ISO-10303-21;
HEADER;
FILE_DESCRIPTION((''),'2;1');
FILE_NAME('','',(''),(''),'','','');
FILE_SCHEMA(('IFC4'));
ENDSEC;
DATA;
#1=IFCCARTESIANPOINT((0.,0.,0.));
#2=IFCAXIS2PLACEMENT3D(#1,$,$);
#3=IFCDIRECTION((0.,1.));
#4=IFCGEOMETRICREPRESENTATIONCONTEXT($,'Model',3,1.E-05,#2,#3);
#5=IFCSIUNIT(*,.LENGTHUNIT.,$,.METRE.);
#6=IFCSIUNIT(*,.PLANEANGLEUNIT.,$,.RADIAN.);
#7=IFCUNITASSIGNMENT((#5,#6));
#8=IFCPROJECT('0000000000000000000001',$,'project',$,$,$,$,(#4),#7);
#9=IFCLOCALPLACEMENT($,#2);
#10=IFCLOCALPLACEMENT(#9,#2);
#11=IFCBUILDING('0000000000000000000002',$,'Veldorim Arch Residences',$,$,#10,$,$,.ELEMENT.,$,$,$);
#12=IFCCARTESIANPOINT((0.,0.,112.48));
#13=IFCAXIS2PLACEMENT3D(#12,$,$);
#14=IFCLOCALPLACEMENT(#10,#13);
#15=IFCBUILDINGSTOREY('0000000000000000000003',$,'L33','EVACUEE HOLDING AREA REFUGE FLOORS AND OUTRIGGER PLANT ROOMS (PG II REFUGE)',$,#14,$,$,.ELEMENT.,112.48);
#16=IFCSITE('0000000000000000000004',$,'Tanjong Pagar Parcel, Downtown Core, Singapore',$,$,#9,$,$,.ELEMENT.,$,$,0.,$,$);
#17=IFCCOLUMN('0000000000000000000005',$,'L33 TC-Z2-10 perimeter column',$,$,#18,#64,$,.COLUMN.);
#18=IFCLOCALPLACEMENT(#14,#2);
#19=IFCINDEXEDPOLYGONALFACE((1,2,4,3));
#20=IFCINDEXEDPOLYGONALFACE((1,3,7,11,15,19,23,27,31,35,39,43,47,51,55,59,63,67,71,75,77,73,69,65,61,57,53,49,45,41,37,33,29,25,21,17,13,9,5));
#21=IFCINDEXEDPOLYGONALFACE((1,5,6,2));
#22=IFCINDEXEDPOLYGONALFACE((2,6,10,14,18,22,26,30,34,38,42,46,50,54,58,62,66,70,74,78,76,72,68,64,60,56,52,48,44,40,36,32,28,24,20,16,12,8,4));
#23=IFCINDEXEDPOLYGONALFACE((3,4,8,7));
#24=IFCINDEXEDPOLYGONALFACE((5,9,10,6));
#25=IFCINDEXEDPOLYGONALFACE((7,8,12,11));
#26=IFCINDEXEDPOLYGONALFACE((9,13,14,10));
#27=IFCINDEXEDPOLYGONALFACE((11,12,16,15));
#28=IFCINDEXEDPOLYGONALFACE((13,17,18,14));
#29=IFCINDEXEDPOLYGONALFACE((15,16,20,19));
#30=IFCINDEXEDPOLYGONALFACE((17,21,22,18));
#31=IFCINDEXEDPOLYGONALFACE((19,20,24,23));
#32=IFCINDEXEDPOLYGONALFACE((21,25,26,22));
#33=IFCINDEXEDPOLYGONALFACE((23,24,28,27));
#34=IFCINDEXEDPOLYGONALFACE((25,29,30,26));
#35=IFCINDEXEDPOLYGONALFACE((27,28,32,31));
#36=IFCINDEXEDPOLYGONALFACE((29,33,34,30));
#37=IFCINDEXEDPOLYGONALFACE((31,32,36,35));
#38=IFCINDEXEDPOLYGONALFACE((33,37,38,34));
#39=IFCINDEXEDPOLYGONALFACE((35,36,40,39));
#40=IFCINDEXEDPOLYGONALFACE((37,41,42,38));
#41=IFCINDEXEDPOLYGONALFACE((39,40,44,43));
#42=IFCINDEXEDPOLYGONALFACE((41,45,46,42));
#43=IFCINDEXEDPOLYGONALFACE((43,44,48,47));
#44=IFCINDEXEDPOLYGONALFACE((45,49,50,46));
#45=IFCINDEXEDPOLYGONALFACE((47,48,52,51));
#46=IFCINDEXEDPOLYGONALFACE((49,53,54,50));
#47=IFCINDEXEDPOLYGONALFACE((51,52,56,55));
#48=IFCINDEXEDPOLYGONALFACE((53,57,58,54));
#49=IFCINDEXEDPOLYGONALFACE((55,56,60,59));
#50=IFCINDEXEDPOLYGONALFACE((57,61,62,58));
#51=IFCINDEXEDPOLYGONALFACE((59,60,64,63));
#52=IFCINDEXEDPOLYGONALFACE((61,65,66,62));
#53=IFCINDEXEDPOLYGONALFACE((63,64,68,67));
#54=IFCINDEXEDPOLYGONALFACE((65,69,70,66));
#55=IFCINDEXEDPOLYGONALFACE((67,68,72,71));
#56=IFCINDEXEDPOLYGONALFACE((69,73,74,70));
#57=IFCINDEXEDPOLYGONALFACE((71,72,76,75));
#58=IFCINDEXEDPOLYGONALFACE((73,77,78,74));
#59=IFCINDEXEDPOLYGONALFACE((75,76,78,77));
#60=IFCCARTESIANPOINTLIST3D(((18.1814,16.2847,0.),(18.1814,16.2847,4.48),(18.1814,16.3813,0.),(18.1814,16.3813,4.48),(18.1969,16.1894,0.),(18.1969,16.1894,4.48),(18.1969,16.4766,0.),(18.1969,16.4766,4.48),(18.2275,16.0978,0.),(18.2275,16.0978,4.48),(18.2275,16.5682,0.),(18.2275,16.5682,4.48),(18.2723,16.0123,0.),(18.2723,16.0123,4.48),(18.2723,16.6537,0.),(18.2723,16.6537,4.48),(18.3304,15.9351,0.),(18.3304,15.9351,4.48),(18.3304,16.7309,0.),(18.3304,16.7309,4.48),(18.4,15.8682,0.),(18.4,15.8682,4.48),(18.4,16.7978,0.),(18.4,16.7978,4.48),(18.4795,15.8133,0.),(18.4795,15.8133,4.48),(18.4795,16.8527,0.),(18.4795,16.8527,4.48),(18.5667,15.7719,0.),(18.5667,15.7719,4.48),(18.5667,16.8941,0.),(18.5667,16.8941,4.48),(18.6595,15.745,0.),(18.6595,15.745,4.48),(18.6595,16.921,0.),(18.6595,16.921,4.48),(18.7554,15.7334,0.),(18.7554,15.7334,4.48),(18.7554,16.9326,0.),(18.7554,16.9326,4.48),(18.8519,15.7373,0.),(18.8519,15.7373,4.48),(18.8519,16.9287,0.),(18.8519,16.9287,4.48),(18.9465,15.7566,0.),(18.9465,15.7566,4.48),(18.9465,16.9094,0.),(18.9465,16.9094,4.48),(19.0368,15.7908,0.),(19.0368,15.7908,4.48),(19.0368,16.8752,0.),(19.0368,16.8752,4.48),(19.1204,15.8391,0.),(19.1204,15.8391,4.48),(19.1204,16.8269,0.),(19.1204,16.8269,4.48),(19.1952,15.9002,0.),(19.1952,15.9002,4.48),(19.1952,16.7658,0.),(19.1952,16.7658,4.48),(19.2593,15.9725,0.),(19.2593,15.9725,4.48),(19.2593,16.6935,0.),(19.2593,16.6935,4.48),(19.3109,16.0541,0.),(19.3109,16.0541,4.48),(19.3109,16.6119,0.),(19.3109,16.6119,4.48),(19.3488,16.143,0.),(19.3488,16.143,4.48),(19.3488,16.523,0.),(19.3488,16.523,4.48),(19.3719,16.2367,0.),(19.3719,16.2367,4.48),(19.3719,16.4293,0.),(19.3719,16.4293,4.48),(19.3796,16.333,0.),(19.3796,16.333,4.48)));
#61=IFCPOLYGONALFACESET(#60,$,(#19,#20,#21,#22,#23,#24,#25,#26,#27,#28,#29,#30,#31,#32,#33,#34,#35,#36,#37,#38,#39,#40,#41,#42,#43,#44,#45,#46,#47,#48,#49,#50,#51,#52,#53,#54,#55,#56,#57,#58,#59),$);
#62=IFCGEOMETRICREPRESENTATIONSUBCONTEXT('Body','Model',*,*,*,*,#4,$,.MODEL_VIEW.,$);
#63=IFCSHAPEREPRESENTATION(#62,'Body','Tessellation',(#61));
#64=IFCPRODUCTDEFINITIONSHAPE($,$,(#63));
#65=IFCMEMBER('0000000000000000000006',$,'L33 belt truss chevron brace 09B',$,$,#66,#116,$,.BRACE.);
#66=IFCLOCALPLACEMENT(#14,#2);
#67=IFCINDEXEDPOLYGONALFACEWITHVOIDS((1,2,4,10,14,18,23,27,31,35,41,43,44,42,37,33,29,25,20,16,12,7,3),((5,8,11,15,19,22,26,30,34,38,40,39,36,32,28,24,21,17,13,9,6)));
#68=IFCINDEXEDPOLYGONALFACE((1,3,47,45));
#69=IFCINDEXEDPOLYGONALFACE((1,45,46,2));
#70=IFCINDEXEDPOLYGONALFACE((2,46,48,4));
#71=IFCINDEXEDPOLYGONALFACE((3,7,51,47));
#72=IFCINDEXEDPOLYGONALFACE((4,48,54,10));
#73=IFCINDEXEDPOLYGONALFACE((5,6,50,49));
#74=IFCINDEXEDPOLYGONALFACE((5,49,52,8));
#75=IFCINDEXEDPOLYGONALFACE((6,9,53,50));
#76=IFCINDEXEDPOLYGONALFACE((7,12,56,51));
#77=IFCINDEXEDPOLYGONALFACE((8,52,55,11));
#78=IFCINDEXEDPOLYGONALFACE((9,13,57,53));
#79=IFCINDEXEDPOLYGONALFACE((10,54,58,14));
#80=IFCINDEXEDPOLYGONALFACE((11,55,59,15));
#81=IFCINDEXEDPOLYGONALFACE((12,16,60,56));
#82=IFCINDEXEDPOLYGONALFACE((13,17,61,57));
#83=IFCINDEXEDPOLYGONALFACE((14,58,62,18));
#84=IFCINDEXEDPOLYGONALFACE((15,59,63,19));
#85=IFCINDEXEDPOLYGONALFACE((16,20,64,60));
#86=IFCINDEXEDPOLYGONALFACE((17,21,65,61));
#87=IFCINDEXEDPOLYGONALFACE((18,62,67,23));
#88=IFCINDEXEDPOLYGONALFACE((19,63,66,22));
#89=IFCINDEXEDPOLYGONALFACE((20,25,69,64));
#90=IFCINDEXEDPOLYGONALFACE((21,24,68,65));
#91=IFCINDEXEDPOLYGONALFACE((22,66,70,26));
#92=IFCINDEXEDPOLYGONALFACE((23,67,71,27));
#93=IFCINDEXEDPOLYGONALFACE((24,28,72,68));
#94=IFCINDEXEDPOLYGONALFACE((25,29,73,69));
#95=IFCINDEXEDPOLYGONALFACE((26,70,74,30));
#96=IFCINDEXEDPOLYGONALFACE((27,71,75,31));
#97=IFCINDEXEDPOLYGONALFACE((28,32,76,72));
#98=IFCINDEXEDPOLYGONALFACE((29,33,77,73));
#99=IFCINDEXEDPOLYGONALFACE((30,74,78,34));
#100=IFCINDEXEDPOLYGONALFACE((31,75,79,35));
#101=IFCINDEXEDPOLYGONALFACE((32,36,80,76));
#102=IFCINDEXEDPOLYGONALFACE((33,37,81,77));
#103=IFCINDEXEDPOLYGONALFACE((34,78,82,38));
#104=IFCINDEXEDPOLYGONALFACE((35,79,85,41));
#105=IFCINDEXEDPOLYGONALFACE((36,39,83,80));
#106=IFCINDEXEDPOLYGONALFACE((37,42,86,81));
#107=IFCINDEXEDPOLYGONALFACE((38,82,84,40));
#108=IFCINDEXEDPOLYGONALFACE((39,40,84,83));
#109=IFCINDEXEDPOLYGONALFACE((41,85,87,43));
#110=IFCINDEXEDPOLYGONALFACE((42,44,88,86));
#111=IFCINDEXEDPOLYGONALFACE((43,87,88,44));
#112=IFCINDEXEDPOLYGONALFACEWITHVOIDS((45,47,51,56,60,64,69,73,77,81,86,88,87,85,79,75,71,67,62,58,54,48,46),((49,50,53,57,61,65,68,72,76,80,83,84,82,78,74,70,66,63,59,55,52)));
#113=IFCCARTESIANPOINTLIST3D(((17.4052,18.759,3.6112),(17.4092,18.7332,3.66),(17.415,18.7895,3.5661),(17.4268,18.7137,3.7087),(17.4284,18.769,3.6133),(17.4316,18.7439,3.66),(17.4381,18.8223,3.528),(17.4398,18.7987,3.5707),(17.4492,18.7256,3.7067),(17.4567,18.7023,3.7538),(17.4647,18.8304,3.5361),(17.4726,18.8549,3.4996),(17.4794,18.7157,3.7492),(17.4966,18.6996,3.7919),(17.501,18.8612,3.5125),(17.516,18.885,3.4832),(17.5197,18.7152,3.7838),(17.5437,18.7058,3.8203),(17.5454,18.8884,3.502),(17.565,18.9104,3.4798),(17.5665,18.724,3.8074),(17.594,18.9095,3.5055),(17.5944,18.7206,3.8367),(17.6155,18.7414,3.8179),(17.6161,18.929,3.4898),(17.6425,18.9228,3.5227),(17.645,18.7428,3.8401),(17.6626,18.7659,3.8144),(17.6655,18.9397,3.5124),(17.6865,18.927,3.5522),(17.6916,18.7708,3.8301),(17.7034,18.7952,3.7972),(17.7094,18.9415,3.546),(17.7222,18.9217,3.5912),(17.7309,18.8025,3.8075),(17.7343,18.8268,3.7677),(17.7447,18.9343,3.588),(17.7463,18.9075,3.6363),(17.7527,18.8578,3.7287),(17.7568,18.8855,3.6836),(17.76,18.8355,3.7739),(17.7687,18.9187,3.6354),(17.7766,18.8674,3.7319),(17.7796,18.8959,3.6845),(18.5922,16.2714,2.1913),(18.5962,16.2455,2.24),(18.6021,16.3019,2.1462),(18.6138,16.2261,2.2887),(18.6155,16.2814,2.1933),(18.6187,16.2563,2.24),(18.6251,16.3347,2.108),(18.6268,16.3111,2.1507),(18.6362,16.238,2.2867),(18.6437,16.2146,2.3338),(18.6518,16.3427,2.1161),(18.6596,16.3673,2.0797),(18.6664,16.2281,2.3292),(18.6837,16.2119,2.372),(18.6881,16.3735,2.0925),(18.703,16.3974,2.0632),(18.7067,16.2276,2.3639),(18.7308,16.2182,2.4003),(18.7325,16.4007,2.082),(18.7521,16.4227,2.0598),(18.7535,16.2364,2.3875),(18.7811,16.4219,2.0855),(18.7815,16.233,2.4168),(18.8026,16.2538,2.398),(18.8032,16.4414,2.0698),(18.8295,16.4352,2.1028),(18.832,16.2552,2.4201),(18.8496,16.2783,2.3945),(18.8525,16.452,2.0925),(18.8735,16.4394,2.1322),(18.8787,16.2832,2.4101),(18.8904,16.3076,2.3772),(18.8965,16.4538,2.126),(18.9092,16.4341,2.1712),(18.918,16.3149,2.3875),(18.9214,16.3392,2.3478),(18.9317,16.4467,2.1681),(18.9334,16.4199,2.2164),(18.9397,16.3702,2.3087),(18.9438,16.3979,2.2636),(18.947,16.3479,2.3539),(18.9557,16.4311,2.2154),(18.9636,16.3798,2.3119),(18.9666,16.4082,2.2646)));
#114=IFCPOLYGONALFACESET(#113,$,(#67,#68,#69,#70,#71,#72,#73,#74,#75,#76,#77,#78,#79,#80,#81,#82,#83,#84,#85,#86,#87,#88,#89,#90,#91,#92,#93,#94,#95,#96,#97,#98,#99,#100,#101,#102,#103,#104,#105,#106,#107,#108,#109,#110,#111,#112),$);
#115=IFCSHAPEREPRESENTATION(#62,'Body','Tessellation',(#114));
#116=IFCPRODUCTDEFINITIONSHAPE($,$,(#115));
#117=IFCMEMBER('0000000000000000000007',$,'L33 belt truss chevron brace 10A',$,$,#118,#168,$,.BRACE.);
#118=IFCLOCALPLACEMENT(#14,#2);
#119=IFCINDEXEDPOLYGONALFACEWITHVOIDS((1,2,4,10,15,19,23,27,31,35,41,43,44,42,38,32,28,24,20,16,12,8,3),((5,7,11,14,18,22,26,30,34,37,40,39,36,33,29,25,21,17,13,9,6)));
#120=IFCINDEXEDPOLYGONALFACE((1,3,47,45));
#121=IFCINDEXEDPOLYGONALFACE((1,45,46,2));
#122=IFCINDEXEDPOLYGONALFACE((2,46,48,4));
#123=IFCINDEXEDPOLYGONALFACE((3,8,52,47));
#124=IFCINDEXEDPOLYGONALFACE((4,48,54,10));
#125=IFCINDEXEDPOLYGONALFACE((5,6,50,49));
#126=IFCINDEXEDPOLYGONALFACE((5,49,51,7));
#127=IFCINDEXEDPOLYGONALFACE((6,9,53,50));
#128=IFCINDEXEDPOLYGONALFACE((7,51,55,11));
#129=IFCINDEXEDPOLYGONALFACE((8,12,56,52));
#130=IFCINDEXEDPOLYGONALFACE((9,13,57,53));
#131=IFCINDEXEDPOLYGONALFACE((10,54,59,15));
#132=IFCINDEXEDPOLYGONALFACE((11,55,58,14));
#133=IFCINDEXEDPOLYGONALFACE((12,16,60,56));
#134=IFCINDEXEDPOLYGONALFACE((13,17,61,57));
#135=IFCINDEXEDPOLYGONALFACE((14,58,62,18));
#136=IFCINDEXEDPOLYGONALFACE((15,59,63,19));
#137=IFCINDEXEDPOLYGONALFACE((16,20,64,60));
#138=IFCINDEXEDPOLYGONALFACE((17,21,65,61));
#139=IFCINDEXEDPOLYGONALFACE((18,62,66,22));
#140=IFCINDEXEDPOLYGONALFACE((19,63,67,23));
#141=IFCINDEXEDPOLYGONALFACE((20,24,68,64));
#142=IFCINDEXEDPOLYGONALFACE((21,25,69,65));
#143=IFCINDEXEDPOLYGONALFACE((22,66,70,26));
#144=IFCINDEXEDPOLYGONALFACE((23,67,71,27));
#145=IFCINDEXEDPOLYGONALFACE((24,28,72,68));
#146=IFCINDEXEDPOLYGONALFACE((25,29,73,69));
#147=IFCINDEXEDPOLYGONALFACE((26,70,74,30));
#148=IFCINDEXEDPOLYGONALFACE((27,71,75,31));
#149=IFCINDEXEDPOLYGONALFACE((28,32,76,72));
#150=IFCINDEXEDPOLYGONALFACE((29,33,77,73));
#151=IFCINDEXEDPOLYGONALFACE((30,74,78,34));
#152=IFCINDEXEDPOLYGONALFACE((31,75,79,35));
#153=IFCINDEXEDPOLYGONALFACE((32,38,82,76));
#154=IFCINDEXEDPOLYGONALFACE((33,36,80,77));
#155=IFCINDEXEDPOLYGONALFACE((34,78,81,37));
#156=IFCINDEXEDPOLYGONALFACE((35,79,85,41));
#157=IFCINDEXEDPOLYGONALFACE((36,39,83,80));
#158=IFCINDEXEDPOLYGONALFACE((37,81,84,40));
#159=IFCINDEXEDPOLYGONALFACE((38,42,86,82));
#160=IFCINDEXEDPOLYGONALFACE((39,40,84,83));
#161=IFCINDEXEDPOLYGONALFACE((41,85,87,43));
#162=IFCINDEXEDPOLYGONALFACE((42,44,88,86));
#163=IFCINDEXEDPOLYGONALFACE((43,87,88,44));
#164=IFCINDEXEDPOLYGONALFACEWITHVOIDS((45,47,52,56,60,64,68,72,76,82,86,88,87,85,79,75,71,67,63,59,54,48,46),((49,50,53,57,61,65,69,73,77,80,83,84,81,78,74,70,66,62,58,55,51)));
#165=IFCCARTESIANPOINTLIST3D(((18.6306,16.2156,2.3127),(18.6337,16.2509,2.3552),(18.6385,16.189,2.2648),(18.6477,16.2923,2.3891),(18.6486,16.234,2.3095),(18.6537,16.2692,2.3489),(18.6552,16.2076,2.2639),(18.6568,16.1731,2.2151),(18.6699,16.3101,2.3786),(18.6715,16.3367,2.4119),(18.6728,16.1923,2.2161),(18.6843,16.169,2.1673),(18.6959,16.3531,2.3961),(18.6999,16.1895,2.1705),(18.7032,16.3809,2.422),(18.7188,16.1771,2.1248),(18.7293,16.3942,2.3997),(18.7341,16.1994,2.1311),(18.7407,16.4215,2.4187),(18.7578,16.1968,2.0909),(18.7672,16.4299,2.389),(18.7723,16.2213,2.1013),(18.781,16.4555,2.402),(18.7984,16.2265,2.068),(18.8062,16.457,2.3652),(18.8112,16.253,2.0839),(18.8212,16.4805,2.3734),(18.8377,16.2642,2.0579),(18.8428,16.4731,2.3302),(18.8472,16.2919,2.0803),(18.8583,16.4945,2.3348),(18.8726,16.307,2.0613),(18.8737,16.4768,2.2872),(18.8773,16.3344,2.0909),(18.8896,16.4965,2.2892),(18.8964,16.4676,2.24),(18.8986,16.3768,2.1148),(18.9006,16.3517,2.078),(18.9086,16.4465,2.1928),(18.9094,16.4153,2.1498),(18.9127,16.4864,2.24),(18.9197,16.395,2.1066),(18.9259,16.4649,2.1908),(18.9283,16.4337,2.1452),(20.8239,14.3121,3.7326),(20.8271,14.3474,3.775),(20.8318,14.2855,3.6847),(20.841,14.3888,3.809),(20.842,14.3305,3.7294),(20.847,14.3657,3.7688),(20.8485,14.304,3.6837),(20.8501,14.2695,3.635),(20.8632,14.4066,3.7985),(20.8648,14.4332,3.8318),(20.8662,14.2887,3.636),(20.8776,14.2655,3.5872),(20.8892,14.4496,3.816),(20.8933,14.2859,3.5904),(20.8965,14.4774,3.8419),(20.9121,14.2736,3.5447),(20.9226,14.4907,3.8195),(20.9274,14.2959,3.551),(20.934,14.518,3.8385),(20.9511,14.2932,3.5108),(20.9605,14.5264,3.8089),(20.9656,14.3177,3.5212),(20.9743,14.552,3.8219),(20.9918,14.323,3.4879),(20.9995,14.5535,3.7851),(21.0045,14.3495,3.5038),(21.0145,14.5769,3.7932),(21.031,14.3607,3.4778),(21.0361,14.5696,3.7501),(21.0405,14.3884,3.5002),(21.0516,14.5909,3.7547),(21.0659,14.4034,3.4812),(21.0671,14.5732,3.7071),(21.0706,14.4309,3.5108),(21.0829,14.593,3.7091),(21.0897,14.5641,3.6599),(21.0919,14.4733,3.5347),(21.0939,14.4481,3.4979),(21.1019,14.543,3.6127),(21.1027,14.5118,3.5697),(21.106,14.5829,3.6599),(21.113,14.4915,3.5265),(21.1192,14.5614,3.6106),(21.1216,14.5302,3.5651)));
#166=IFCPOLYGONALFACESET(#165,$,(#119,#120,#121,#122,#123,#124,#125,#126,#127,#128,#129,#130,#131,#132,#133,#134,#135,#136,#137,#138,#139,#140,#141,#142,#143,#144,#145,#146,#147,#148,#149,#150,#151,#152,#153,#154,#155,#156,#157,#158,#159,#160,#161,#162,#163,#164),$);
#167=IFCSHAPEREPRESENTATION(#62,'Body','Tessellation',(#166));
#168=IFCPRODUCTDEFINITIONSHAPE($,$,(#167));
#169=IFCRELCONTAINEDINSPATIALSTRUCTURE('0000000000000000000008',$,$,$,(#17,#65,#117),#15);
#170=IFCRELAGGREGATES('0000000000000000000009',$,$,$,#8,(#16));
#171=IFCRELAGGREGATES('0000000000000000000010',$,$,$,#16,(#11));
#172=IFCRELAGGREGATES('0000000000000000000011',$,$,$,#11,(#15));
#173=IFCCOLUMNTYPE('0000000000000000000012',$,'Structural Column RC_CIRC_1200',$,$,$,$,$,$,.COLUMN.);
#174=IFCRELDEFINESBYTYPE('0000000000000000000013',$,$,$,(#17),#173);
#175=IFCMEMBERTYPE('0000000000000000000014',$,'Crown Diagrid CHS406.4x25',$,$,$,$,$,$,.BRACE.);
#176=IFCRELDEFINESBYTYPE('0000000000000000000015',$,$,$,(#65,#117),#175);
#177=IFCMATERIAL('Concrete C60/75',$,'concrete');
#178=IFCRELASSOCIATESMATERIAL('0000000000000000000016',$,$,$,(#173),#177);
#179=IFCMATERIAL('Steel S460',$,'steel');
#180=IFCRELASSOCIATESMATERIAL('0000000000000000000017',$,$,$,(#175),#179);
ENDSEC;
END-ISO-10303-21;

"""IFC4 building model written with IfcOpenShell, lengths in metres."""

from ifc_helpers import new_model, si_unit, direction, frame, origin, origin_2d, place, context, subcontext, project, spatial, circle, hollow_circle, extrude, material, material_profile, profile_set, type_object, element, save


model = new_model("IFC4")

# Units and contexts
model_context = context("Model", 3, precision=1e-05, world=origin(), true_north=direction((0.0, 1.0)))
body_context = subcontext(model_context, "Body", "Model", "MODEL_VIEW")
ifc_project = project(units=[si_unit("LENGTHUNIT", "METRE"), si_unit("PLANEANGLEUNIT", "RADIAN")], contexts=[model_context])

# Site, building, storey
site_placement = place(None, origin())
site = spatial("IfcSite", under=ifc_project, at=site_placement, Name="Tanjong Pagar Parcel, Downtown Core, Singapore", CompositionType="ELEMENT", RefElevation=0.0)
building_placement = place(site_placement, origin())
building = spatial("IfcBuilding", under=site, at=building_placement, Name="Veldorim Arch Residences", CompositionType="ELEMENT")
storey_placement = place(building_placement, frame((0.0, 0.0, 112.48)))
storey = spatial("IfcBuildingStorey", under=building, at=storey_placement, Name="L33", Description="EVACUEE HOLDING AREA REFUGE FLOORS AND OUTRIGGER PLANT ROOMS (PG II REFUGE)", CompositionType="ELEMENT", Elevation=112.48)

# Column
ifc_material_1 = material(Name="Concrete C60/75", Category="concrete")
ifc_material_profile_1 = material_profile(ifc_material_1, circle(Radius=0.6001, at=origin_2d()), Name="RC_CIRC_1200")
ifc_profile_set_1 = profile_set([ifc_material_profile_1], Name="Concrete C60/75")
column_type = type_object("IfcColumnType", Name="Structural Column RC_CIRC_1200", PredefinedType="COLUMN", material=ifc_profile_set_1)
column_placement = place(storey_placement, frame((18.7795, 16.333, 0.0), z_axis=(0.0, 0.0, 1.0), x_axis=(1.0, 0.0, 0.0)))
element("IfcColumn", 1, at=column_placement, inside=storey, type_object=column_type, Name="L33 TC-Z2-10 perimeter column", PredefinedType="COLUMN", context=body_context, shape_type="SweptSolid", body=[
    extrude(circle(Radius=0.6001, at=origin_2d()), origin(), (0.0, 0.0, 1.0), 4.48),
])

# Members
ifc_material_2 = material(Name="Steel S460", Category="steel")
ifc_material_profile_2 = material_profile(ifc_material_2, hollow_circle(Radius=0.2031, WallThickness=0.0249, at=origin_2d()), Name="CHS406.4x25")
ifc_profile_set_2 = profile_set([ifc_material_profile_2], Name="Steel S460")
member_type_1 = type_object("IfcMemberType", Name="Crown Diagrid CHS406.4x25", PredefinedType="BRACE", material=ifc_profile_set_2)
member_1_placement = place(storey_placement, frame((18.7795, 16.333, 2.24), z_axis=(-0.382846, 0.802307, 0.457966), x_axis=(-0.902513, -0.430662, 0.0)))
element("IfcMember", 2, at=member_1_placement, inside=storey, type_object=member_type_1, Name="L33 belt truss chevron brace 09B", PredefinedType="BRACE", context=body_context, shape_type="SweptSolid", body=[
    extrude(hollow_circle(Radius=0.2031, WallThickness=0.0249, at=origin_2d()), origin(), (0.0, 0.0, 1.0), 3.1006),
])
member_2_placement = place(storey_placement, frame((18.7795, 16.333, 2.24), z_axis=(0.678485, -0.588841, 0.439233), x_axis=(0.655452, 0.755237, 0.0)))
element("IfcMember", 3, at=member_2_placement, inside=storey, type_object=member_type_1, Name="L33 belt truss chevron brace 10A", PredefinedType="BRACE", context=body_context, shape_type="SweptSolid", body=[
    extrude(hollow_circle(Radius=0.2031, WallThickness=0.0249, at=origin_2d()), origin(), (0.0, 0.0, 1.0), 3.2327),
])

save(model, "model.ifc")
